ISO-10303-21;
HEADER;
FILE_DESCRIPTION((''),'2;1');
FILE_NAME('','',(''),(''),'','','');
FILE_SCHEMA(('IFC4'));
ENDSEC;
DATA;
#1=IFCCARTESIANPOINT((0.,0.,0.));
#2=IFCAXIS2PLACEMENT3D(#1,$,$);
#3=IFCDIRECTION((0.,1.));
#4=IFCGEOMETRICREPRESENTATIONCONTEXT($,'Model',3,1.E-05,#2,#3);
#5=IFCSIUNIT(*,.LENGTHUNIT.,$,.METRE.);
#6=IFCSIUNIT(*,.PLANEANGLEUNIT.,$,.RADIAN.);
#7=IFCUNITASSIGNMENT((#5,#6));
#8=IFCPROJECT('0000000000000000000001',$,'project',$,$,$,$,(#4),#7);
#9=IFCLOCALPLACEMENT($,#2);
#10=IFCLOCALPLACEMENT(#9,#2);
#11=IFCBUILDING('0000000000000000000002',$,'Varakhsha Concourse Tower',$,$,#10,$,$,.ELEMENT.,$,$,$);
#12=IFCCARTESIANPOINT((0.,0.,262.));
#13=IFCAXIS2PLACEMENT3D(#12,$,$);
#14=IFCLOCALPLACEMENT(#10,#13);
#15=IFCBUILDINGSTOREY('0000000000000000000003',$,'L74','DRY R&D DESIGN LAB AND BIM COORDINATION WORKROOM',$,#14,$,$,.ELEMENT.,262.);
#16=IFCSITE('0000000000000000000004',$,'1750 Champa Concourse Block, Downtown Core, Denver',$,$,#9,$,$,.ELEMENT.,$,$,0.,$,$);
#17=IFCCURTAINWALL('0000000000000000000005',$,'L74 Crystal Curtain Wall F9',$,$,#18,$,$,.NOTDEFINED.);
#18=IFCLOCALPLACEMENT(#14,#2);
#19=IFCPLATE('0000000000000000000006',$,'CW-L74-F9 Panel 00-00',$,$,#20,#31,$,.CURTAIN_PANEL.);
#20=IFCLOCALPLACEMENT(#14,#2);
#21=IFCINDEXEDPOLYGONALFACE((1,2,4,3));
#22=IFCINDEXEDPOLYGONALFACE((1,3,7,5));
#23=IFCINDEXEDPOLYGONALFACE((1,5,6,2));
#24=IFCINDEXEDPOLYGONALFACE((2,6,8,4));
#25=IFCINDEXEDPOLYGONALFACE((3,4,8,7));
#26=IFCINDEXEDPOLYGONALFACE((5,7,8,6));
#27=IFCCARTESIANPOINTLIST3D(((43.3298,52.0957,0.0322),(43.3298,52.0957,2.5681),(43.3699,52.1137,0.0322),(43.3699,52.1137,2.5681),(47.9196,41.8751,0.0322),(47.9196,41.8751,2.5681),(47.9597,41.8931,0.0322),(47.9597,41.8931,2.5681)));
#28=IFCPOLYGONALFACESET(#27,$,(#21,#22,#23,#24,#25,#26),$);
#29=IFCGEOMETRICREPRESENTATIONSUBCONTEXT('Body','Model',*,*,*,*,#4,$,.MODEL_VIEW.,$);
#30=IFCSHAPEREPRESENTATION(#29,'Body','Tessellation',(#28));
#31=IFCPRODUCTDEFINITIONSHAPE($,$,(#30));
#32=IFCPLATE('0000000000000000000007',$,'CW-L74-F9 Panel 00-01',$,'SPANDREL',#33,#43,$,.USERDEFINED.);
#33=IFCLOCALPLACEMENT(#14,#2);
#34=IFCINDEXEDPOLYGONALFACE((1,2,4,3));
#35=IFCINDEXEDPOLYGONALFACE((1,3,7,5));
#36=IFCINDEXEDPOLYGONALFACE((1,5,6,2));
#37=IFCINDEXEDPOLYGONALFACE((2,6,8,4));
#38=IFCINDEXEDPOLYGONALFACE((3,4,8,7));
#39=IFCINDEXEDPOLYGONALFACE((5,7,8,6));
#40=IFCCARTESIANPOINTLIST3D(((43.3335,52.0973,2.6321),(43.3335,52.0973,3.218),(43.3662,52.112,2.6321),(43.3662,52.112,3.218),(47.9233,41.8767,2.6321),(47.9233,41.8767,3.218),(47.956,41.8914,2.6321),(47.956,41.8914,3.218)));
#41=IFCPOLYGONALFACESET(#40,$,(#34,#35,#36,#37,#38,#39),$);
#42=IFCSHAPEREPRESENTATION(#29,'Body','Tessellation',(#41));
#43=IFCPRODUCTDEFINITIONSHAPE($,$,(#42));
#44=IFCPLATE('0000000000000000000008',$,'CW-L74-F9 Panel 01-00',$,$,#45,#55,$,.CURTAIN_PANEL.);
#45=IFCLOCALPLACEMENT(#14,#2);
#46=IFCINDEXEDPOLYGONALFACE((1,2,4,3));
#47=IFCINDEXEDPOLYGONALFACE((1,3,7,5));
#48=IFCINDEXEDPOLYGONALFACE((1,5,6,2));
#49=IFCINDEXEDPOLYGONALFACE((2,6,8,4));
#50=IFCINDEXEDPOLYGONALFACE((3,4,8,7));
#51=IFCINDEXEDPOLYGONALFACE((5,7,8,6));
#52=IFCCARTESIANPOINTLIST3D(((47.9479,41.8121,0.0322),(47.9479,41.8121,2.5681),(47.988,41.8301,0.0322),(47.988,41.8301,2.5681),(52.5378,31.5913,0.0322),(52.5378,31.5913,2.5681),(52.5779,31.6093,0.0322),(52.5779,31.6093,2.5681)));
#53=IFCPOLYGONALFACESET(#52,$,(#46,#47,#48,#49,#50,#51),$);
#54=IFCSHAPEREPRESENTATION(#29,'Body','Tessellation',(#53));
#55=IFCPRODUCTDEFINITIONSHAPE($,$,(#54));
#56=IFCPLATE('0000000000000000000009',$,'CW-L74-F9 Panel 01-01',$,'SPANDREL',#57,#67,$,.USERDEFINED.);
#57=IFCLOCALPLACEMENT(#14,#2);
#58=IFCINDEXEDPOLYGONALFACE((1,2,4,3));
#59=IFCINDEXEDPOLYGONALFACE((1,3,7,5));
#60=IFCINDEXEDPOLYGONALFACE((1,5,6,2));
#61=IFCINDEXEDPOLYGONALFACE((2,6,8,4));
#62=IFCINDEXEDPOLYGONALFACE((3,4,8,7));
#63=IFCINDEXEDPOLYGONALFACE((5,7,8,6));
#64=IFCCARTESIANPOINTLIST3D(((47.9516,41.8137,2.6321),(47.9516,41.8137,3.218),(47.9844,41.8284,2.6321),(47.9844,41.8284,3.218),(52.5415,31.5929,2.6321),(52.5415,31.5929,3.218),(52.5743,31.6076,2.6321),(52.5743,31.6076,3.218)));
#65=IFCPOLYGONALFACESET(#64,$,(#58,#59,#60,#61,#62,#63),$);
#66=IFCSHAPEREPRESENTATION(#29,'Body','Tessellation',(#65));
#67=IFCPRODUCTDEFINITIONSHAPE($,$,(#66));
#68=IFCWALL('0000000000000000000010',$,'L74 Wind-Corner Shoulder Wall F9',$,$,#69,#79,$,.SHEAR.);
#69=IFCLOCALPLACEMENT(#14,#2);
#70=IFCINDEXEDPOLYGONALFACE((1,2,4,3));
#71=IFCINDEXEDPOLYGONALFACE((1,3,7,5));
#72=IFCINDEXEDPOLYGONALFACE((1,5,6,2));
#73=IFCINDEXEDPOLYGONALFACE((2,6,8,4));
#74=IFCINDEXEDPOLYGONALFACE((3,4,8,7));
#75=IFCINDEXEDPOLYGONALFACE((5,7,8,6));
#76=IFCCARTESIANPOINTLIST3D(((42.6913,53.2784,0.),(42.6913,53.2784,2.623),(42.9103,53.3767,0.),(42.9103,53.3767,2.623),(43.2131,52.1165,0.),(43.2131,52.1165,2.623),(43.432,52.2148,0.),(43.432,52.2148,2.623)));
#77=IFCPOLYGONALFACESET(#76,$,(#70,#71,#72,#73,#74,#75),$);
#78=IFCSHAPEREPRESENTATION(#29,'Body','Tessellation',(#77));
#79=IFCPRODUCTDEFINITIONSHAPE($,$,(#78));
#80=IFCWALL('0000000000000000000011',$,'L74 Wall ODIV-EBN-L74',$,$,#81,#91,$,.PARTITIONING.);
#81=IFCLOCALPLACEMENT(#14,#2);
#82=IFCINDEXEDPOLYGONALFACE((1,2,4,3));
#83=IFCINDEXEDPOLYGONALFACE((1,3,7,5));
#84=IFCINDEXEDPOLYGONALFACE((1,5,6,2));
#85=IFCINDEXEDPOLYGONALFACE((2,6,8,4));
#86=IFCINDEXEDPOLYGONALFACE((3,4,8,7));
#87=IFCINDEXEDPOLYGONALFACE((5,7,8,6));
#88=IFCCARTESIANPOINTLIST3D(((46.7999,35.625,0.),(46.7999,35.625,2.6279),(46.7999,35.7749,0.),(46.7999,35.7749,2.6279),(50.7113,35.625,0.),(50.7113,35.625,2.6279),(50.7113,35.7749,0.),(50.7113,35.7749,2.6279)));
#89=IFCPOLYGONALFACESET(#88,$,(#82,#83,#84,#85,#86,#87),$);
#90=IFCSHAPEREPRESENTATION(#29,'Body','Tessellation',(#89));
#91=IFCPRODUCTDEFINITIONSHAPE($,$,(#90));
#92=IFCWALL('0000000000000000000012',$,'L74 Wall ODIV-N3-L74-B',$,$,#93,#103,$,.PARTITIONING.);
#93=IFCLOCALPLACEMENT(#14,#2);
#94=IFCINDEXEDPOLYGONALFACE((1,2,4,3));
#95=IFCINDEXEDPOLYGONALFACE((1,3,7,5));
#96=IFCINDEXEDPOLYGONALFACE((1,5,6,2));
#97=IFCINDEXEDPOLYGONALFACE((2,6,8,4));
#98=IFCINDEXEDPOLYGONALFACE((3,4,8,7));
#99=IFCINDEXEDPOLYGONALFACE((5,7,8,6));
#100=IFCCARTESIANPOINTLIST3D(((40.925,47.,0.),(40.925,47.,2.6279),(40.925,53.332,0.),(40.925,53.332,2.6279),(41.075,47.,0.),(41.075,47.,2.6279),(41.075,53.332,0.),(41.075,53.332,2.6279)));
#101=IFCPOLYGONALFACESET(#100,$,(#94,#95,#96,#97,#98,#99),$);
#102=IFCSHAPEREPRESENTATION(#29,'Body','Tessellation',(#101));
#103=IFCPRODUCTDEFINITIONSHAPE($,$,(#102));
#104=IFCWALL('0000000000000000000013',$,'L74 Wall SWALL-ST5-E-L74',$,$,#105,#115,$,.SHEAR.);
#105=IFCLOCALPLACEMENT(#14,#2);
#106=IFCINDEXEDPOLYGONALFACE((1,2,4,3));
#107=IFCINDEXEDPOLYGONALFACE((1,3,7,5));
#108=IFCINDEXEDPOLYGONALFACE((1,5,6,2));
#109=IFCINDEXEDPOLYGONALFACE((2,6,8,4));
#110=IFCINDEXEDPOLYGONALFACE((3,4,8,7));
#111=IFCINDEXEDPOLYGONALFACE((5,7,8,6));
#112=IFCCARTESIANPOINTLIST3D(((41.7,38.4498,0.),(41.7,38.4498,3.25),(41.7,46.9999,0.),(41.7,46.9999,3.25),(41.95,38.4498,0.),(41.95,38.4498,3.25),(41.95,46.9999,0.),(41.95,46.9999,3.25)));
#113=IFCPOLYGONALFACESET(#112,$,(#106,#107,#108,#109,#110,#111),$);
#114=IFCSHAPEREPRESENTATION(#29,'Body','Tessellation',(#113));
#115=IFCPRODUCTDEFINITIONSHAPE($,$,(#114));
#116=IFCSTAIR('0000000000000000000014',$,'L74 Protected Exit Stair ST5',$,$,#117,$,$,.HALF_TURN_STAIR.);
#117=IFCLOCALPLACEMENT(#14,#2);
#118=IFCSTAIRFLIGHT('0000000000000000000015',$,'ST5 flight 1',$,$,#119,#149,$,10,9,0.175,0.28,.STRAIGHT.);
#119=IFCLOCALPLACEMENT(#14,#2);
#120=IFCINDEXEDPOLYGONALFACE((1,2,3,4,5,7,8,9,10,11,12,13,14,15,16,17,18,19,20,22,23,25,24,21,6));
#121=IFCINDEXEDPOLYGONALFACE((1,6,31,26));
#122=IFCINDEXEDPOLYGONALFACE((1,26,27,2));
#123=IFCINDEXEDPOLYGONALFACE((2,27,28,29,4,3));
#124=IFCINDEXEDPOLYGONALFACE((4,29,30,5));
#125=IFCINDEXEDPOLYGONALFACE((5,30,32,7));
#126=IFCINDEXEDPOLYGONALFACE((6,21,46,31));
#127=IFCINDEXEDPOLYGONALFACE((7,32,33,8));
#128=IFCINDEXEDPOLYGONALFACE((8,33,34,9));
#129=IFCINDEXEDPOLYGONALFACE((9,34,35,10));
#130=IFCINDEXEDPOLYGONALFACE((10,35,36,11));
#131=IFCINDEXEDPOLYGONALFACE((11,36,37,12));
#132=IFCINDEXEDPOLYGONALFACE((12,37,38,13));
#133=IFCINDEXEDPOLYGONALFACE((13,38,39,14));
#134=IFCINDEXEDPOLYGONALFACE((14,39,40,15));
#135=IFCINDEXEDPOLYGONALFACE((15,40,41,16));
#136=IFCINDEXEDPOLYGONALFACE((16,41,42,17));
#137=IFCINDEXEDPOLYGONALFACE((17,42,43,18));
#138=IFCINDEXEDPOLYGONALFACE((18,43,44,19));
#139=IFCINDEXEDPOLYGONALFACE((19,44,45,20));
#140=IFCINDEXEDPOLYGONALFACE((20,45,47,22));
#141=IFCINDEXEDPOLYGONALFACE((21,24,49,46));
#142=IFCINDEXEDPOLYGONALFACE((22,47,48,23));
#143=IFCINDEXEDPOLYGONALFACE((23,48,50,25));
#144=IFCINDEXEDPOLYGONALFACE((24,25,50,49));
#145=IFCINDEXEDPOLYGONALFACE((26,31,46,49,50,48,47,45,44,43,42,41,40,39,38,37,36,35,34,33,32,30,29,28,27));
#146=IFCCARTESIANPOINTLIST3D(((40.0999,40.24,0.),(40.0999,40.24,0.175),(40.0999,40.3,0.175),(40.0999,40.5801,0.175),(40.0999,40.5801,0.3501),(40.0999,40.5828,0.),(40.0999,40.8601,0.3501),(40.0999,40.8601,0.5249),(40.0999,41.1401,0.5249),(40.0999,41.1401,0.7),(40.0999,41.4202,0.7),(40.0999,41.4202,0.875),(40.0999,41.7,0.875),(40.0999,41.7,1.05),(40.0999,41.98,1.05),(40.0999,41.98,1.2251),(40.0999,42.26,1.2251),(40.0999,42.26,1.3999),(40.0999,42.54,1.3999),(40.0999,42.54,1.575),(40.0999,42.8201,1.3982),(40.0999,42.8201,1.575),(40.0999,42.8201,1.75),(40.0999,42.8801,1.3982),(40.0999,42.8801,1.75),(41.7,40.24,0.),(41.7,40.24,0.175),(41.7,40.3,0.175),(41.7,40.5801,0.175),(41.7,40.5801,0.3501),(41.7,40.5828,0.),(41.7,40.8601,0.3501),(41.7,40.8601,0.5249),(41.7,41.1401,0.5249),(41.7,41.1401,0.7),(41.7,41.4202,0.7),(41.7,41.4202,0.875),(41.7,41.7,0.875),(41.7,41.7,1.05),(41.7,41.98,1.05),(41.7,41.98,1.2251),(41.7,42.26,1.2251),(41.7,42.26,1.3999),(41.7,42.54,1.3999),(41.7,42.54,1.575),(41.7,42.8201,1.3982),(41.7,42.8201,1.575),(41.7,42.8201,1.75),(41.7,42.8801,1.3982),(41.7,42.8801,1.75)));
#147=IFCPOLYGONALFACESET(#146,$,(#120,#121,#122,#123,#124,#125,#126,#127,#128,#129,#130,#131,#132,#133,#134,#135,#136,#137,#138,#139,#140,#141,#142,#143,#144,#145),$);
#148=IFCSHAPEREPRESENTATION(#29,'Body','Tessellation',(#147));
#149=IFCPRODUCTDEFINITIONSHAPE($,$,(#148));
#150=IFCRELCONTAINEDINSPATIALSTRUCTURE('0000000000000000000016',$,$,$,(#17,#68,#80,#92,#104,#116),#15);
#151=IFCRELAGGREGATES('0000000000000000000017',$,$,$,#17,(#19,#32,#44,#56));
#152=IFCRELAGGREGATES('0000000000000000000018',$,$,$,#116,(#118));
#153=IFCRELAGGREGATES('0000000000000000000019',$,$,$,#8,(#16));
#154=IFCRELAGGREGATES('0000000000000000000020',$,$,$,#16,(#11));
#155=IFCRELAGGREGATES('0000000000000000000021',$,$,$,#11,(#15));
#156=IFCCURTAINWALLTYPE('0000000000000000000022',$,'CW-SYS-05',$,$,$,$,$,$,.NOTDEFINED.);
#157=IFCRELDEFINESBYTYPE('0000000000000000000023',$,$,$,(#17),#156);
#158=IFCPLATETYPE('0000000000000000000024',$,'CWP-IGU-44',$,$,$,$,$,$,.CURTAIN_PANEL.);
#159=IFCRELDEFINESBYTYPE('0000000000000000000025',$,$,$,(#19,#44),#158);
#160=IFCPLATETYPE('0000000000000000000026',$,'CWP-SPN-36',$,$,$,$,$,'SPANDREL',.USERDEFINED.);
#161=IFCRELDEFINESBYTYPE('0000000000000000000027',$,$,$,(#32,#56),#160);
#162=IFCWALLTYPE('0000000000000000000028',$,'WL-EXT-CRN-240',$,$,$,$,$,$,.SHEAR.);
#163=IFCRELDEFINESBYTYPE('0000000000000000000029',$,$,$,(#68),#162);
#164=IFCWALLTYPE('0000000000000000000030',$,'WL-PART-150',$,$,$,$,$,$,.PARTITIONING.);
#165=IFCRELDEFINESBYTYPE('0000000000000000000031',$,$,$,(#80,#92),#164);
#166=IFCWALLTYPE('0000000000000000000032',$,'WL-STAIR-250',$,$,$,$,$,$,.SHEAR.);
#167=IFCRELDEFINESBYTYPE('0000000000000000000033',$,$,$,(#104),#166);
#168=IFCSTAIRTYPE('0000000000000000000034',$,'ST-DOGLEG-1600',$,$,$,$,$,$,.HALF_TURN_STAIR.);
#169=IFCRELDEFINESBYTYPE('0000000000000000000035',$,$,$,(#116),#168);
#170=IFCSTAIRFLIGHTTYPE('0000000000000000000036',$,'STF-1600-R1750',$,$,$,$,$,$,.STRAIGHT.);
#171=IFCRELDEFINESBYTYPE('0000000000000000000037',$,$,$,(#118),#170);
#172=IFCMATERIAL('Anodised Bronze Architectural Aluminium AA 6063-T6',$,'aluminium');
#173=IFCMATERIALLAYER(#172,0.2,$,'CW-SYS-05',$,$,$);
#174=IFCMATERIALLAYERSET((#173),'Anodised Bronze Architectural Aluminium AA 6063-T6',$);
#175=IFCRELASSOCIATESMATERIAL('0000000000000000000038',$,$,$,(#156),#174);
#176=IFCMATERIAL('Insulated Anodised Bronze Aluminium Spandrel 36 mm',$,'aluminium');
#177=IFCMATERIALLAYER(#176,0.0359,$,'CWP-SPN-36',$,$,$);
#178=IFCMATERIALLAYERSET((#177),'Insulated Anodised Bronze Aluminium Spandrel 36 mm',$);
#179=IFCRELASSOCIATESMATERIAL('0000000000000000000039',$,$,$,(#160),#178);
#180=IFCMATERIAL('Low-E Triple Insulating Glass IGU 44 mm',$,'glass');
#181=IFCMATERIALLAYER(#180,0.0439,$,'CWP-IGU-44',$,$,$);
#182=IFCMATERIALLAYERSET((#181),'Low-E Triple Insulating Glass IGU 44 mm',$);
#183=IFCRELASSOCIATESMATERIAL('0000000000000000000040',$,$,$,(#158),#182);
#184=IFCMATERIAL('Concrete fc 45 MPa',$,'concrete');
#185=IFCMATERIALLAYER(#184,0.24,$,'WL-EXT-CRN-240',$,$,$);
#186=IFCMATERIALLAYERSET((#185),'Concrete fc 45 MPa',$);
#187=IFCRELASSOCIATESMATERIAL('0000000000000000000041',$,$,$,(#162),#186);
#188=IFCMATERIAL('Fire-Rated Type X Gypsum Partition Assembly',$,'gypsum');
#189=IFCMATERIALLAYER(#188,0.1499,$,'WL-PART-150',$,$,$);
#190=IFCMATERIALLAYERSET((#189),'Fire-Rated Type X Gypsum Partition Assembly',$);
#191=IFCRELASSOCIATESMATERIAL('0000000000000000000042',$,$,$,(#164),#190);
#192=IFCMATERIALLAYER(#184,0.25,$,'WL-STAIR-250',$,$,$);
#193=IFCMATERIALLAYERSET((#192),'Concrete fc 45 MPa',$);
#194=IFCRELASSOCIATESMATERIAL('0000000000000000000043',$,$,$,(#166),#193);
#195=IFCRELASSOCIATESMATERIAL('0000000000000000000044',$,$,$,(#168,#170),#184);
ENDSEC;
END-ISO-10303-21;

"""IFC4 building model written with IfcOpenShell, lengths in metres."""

from ifc_helpers import new_model, si_unit, direction, frame, frame_2d, origin, origin_2d, place, context, subcontext, project, spatial, polyline, rectangle, outline, extrude, source, transform, mapped, material, layer, layer_set, type_object, type_shapes, element, aggregate, save


model = new_model("IFC4")

# Units and contexts
model_context = context("Model", 3, precision=1e-05, world=origin(), true_north=direction((0.0, 1.0)))
body_context = subcontext(model_context, "Body", "Model", "MODEL_VIEW")
ifc_project = project(units=[si_unit("LENGTHUNIT", "METRE"), si_unit("PLANEANGLEUNIT", "RADIAN")], contexts=[model_context])

# Site, building, storey
site_placement = place(None, origin())
site = spatial("IfcSite", under=ifc_project, at=site_placement, Name="1750 Champa Concourse Block, Downtown Core, Denver", CompositionType="ELEMENT", RefElevation=0.0)
building_placement = place(site_placement, origin())
building = spatial("IfcBuilding", under=site, at=building_placement, Name="Varakhsha Concourse Tower", CompositionType="ELEMENT")
storey_placement = place(building_placement, frame((0.0, 0.0, 262.0)))
storey = spatial("IfcBuildingStorey", under=building, at=storey_placement, Name="L74", Description="DRY R&D DESIGN LAB AND BIM COORDINATION WORKROOM", CompositionType="ELEMENT", Elevation=262.0)

# Shared definitions
ifc_material_1 = material(Name="Anodised Bronze Architectural Aluminium AA 6063-T6", Category="aluminium")
ifc_layer_1 = layer(ifc_material_1, 0.2, Name="CW-SYS-05")
ifc_layer_set_1 = layer_set([ifc_layer_1], Name="Anodised Bronze Architectural Aluminium AA 6063-T6")
curtain_wall_type = type_object("IfcCurtainWallType", Name="CW-SYS-05", PredefinedType="NOTDEFINED", material=ifc_layer_set_1)

# Curtain wall
curtain_wall_1_placement = place(storey_placement, origin())
curtain_wall_1 = element("IfcCurtainWall", 1, at=curtain_wall_1_placement, inside=storey, type_object=curtain_wall_type, Name="L74 Crystal Curtain Wall F9", PredefinedType="NOTDEFINED")

# Plates
ifc_material_2 = material(Name="Insulated Anodised Bronze Aluminium Spandrel 36 mm", Category="aluminium")
ifc_layer_2 = layer(ifc_material_2, 0.0359, Name="CWP-SPN-36")
ifc_layer_set_2 = layer_set([ifc_layer_2], Name="Insulated Anodised Bronze Aluminium Spandrel 36 mm")
plate_type_1 = type_object("IfcPlateType", Name="CWP-SPN-36", ElementType="SPANDREL", PredefinedType="USERDEFINED", material=ifc_layer_set_2)
ifc_material_3 = material(Name="Low-E Triple Insulating Glass IGU 44 mm", Category="glass")
ifc_layer_3 = layer(ifc_material_3, 0.0439, Name="CWP-IGU-44")
ifc_layer_set_3 = layer_set([ifc_layer_3], Name="Low-E Triple Insulating Glass IGU 44 mm")
plate_type_2 = type_object("IfcPlateType", Name="CWP-IGU-44", PredefinedType="CURTAIN_PANEL", material=ifc_layer_set_3)
shared_shape_1 = source(origin(), body_context, "Body", "SweptSolid", [
    extrude(rectangle(XDim=11.2039, YDim=0.0439, at=origin_2d()), origin(), (0.0, 0.0, 1.0), 2.5359),
])
plate_1_placement = place(storey_placement, frame((45.6448, 46.9944, 0.0322), z_axis=(0.0, 0.0, 1.0), x_axis=(0.409662, -0.912237, 0.0)))
plate_1 = element("IfcPlate", 2, at=plate_1_placement, type_object=plate_type_2, Name="CW-L74-F9 Panel 00-00", PredefinedType="CURTAIN_PANEL", context=body_context, shape_type="MappedRepresentation", body=[
    mapped(shared_shape_1, transform((0.0, 0.0, 0.0), scale=1.0)),
])
shared_shape_2 = source(origin(), body_context, "Body", "SweptSolid", [
    extrude(rectangle(XDim=11.2039, YDim=0.0359, at=origin_2d()), origin(), (0.0, 0.0, 1.0), 0.5859),
])
plate_2_placement = place(storey_placement, frame((45.6448, 46.9944, 2.6321), z_axis=(0.0, 0.0, 1.0), x_axis=(0.409662, -0.912237, 0.0)))
plate_2 = element("IfcPlate", 3, at=plate_2_placement, type_object=plate_type_1, Name="CW-L74-F9 Panel 00-01", ObjectType="SPANDREL", PredefinedType="USERDEFINED", context=body_context, shape_type="MappedRepresentation", body=[
    mapped(shared_shape_2, transform((0.0, 0.0, 0.0), scale=1.0)),
])
shared_shape_3 = source(origin(), body_context, "Body", "SweptSolid", [
    extrude(rectangle(XDim=11.2041, YDim=0.0439, at=origin_2d()), origin(), (0.0, 0.0, 1.0), 2.5359),
])
type_shapes(plate_type_2, [shared_shape_1, shared_shape_3])
plate_3_placement = place(storey_placement, frame((50.2629, 36.7107, 0.0322), z_axis=(0.0, 0.0, 1.0), x_axis=(0.409662, -0.912237, 0.0)))
plate_3 = element("IfcPlate", 4, at=plate_3_placement, type_object=plate_type_2, Name="CW-L74-F9 Panel 01-00", PredefinedType="CURTAIN_PANEL", context=body_context, shape_type="MappedRepresentation", body=[
    mapped(shared_shape_3, transform((0.0, 0.0, 0.0), scale=1.0)),
])
shared_shape_4 = source(origin(), body_context, "Body", "SweptSolid", [
    extrude(rectangle(XDim=11.2041, YDim=0.0359, at=origin_2d()), origin(), (0.0, 0.0, 1.0), 0.5859),
])
plate_4_placement = place(storey_placement, frame((50.2629, 36.7107, 2.6321), z_axis=(0.0, 0.0, 1.0), x_axis=(0.409662, -0.912237, 0.0)))
plate_4 = element("IfcPlate", 5, at=plate_4_placement, type_object=plate_type_1, Name="CW-L74-F9 Panel 01-01", ObjectType="SPANDREL", PredefinedType="USERDEFINED", context=body_context, shape_type="MappedRepresentation", body=[
    mapped(shared_shape_4, transform((0.0, 0.0, 0.0), scale=1.0)),
])
aggregate(curtain_wall_1, [plate_1, plate_2, plate_3, plate_4])

# Walls
ifc_material_4 = material(Name="Concrete fc 45 MPa", Category="concrete")
ifc_layer_4 = layer(ifc_material_4, 0.24, Name="WL-EXT-CRN-240")
ifc_layer_set_4 = layer_set([ifc_layer_4], Name="Concrete fc 45 MPa")
wall_type_1 = type_object("IfcWallType", Name="WL-EXT-CRN-240", PredefinedType="SHEAR", material=ifc_layer_set_4)
wall_1_placement = place(storey_placement, frame((43.3225, 52.1658, 0.0), z_axis=(0.0, 0.0, 1.0), x_axis=(-0.409639, 0.912248, 0.0)))
element("IfcWall", 6, at=wall_1_placement, inside=storey, type_object=wall_type_1, Name="L74 Wind-Corner Shoulder Wall F9", PredefinedType="SHEAR", context=body_context, shape_type="SweptSolid", body=[
    extrude(rectangle(XDim=1.2737, YDim=0.24, at=frame_2d((0.6367, 0.0))), origin(), (0.0, 0.0, 1.0), 2.623),
])
ifc_material_5 = material(Name="Fire-Rated Type X Gypsum Partition Assembly", Category="gypsum")
ifc_layer_5 = layer(ifc_material_5, 0.1499, Name="WL-PART-150")
ifc_layer_set_5 = layer_set([ifc_layer_5], Name="Fire-Rated Type X Gypsum Partition Assembly")
wall_type_2 = type_object("IfcWallType", Name="WL-PART-150", PredefinedType="PARTITIONING", material=ifc_layer_set_5)
wall_2_placement = place(storey_placement, frame((46.8, 35.7, 0.0), z_axis=(0.0, 0.0, 1.0), x_axis=(1.0, 0.0, 0.0)))
element("IfcWall", 7, at=wall_2_placement, inside=storey, type_object=wall_type_2, Name="L74 Wall ODIV-EBN-L74", PredefinedType="PARTITIONING", context=body_context, shape_type="SweptSolid", body=[
    extrude(rectangle(XDim=3.9114, YDim=0.1499, at=frame_2d((1.9556, 0.0))), origin(), (0.0, 0.0, 1.0), 2.6279),
])
wall_3_placement = place(storey_placement, frame((41.0, 47.0, 0.0), z_axis=(0.0, 0.0, 1.0), x_axis=(0.0, 1.0, 0.0)))
element("IfcWall", 8, at=wall_3_placement, inside=storey, type_object=wall_type_2, Name="L74 Wall ODIV-N3-L74-B", PredefinedType="PARTITIONING", context=body_context, shape_type="SweptSolid", body=[
    extrude(rectangle(XDim=6.332, YDim=0.1499, at=frame_2d((3.166, 0.0))), origin(), (0.0, 0.0, 1.0), 2.6279),
])
ifc_layer_6 = layer(ifc_material_4, 0.25, Name="WL-STAIR-250")
ifc_layer_set_6 = layer_set([ifc_layer_6], Name="Concrete fc 45 MPa")
wall_type_3 = type_object("IfcWallType", Name="WL-STAIR-250", PredefinedType="SHEAR", material=ifc_layer_set_6)
wall_4_placement = place(storey_placement, frame((41.825, 38.45, 0.0), z_axis=(0.0, 0.0, 1.0), x_axis=(0.0, 1.0, 0.0)))
element("IfcWall", 9, at=wall_4_placement, inside=storey, type_object=wall_type_3, Name="L74 Wall SWALL-ST5-E-L74", PredefinedType="SHEAR", context=body_context, shape_type="SweptSolid", body=[
    extrude(rectangle(XDim=8.55, YDim=0.25, at=frame_2d((4.2749, 0.0))), origin(), (0.0, 0.0, 1.0), 3.25),
])

# Stair, stair flight
stair_type = type_object("IfcStairType", Name="ST-DOGLEG-1600", PredefinedType="HALF_TURN_STAIR", material=ifc_material_4)
stair_placement = place(storey_placement, origin())
stair = element("IfcStair", 10, at=stair_placement, inside=storey, type_object=stair_type, Name="L74 Protected Exit Stair ST5", PredefinedType="HALF_TURN_STAIR")
stair_flight_type = type_object("IfcStairFlightType", Name="STF-1600-R1750", PredefinedType="STRAIGHT", material=ifc_material_4)
stair_flight_placement = place(storey_placement, frame((40.8999, 40.3, 0.0), z_axis=(0.0, 0.0, 1.0), x_axis=(0.0, 1.0, 0.0)))
stair_flight = element("IfcStairFlight", 11, at=stair_flight_placement, type_object=stair_flight_type, Name="ST5 flight 1", NumberOfRisers=10, NumberOfTreads=9, PredefinedType="STRAIGHT", RiserHeight=0.175, TreadLength=0.28, context=body_context, shape_type="SweptSolid", body=[
    extrude(outline(polyline([(-0.0601, 0.0), (-0.0601, 0.175), (0.0, 0.175), (0.28, 0.175), (0.28, 0.3501), (0.5601, 0.3501), (0.5601, 0.5249), (0.8401, 0.5249), (0.8401, 0.7), (1.1201, 0.7), (1.1201, 0.875), (1.3999, 0.875), (1.3999, 1.05), (1.6799, 1.05), (1.6799, 1.2251), (1.96, 1.2251), (1.96, 1.3999), (2.24, 1.3999), (2.24, 1.575), (2.52, 1.575), (2.52, 1.75), (2.5801, 1.75), (2.5801, 1.3982), (2.52, 1.3982), (0.2827, 0.0), (-0.0601, 0.0)])), frame((0.0, 0.8, 0.0), z_axis=(0.0, -1.0, 0.0), x_axis=(1.0, 0.0, 0.0)), (0.0, 0.0, 1.0), 1.6001),
])
aggregate(stair, [stair_flight])

save(model, "model.ifc")
